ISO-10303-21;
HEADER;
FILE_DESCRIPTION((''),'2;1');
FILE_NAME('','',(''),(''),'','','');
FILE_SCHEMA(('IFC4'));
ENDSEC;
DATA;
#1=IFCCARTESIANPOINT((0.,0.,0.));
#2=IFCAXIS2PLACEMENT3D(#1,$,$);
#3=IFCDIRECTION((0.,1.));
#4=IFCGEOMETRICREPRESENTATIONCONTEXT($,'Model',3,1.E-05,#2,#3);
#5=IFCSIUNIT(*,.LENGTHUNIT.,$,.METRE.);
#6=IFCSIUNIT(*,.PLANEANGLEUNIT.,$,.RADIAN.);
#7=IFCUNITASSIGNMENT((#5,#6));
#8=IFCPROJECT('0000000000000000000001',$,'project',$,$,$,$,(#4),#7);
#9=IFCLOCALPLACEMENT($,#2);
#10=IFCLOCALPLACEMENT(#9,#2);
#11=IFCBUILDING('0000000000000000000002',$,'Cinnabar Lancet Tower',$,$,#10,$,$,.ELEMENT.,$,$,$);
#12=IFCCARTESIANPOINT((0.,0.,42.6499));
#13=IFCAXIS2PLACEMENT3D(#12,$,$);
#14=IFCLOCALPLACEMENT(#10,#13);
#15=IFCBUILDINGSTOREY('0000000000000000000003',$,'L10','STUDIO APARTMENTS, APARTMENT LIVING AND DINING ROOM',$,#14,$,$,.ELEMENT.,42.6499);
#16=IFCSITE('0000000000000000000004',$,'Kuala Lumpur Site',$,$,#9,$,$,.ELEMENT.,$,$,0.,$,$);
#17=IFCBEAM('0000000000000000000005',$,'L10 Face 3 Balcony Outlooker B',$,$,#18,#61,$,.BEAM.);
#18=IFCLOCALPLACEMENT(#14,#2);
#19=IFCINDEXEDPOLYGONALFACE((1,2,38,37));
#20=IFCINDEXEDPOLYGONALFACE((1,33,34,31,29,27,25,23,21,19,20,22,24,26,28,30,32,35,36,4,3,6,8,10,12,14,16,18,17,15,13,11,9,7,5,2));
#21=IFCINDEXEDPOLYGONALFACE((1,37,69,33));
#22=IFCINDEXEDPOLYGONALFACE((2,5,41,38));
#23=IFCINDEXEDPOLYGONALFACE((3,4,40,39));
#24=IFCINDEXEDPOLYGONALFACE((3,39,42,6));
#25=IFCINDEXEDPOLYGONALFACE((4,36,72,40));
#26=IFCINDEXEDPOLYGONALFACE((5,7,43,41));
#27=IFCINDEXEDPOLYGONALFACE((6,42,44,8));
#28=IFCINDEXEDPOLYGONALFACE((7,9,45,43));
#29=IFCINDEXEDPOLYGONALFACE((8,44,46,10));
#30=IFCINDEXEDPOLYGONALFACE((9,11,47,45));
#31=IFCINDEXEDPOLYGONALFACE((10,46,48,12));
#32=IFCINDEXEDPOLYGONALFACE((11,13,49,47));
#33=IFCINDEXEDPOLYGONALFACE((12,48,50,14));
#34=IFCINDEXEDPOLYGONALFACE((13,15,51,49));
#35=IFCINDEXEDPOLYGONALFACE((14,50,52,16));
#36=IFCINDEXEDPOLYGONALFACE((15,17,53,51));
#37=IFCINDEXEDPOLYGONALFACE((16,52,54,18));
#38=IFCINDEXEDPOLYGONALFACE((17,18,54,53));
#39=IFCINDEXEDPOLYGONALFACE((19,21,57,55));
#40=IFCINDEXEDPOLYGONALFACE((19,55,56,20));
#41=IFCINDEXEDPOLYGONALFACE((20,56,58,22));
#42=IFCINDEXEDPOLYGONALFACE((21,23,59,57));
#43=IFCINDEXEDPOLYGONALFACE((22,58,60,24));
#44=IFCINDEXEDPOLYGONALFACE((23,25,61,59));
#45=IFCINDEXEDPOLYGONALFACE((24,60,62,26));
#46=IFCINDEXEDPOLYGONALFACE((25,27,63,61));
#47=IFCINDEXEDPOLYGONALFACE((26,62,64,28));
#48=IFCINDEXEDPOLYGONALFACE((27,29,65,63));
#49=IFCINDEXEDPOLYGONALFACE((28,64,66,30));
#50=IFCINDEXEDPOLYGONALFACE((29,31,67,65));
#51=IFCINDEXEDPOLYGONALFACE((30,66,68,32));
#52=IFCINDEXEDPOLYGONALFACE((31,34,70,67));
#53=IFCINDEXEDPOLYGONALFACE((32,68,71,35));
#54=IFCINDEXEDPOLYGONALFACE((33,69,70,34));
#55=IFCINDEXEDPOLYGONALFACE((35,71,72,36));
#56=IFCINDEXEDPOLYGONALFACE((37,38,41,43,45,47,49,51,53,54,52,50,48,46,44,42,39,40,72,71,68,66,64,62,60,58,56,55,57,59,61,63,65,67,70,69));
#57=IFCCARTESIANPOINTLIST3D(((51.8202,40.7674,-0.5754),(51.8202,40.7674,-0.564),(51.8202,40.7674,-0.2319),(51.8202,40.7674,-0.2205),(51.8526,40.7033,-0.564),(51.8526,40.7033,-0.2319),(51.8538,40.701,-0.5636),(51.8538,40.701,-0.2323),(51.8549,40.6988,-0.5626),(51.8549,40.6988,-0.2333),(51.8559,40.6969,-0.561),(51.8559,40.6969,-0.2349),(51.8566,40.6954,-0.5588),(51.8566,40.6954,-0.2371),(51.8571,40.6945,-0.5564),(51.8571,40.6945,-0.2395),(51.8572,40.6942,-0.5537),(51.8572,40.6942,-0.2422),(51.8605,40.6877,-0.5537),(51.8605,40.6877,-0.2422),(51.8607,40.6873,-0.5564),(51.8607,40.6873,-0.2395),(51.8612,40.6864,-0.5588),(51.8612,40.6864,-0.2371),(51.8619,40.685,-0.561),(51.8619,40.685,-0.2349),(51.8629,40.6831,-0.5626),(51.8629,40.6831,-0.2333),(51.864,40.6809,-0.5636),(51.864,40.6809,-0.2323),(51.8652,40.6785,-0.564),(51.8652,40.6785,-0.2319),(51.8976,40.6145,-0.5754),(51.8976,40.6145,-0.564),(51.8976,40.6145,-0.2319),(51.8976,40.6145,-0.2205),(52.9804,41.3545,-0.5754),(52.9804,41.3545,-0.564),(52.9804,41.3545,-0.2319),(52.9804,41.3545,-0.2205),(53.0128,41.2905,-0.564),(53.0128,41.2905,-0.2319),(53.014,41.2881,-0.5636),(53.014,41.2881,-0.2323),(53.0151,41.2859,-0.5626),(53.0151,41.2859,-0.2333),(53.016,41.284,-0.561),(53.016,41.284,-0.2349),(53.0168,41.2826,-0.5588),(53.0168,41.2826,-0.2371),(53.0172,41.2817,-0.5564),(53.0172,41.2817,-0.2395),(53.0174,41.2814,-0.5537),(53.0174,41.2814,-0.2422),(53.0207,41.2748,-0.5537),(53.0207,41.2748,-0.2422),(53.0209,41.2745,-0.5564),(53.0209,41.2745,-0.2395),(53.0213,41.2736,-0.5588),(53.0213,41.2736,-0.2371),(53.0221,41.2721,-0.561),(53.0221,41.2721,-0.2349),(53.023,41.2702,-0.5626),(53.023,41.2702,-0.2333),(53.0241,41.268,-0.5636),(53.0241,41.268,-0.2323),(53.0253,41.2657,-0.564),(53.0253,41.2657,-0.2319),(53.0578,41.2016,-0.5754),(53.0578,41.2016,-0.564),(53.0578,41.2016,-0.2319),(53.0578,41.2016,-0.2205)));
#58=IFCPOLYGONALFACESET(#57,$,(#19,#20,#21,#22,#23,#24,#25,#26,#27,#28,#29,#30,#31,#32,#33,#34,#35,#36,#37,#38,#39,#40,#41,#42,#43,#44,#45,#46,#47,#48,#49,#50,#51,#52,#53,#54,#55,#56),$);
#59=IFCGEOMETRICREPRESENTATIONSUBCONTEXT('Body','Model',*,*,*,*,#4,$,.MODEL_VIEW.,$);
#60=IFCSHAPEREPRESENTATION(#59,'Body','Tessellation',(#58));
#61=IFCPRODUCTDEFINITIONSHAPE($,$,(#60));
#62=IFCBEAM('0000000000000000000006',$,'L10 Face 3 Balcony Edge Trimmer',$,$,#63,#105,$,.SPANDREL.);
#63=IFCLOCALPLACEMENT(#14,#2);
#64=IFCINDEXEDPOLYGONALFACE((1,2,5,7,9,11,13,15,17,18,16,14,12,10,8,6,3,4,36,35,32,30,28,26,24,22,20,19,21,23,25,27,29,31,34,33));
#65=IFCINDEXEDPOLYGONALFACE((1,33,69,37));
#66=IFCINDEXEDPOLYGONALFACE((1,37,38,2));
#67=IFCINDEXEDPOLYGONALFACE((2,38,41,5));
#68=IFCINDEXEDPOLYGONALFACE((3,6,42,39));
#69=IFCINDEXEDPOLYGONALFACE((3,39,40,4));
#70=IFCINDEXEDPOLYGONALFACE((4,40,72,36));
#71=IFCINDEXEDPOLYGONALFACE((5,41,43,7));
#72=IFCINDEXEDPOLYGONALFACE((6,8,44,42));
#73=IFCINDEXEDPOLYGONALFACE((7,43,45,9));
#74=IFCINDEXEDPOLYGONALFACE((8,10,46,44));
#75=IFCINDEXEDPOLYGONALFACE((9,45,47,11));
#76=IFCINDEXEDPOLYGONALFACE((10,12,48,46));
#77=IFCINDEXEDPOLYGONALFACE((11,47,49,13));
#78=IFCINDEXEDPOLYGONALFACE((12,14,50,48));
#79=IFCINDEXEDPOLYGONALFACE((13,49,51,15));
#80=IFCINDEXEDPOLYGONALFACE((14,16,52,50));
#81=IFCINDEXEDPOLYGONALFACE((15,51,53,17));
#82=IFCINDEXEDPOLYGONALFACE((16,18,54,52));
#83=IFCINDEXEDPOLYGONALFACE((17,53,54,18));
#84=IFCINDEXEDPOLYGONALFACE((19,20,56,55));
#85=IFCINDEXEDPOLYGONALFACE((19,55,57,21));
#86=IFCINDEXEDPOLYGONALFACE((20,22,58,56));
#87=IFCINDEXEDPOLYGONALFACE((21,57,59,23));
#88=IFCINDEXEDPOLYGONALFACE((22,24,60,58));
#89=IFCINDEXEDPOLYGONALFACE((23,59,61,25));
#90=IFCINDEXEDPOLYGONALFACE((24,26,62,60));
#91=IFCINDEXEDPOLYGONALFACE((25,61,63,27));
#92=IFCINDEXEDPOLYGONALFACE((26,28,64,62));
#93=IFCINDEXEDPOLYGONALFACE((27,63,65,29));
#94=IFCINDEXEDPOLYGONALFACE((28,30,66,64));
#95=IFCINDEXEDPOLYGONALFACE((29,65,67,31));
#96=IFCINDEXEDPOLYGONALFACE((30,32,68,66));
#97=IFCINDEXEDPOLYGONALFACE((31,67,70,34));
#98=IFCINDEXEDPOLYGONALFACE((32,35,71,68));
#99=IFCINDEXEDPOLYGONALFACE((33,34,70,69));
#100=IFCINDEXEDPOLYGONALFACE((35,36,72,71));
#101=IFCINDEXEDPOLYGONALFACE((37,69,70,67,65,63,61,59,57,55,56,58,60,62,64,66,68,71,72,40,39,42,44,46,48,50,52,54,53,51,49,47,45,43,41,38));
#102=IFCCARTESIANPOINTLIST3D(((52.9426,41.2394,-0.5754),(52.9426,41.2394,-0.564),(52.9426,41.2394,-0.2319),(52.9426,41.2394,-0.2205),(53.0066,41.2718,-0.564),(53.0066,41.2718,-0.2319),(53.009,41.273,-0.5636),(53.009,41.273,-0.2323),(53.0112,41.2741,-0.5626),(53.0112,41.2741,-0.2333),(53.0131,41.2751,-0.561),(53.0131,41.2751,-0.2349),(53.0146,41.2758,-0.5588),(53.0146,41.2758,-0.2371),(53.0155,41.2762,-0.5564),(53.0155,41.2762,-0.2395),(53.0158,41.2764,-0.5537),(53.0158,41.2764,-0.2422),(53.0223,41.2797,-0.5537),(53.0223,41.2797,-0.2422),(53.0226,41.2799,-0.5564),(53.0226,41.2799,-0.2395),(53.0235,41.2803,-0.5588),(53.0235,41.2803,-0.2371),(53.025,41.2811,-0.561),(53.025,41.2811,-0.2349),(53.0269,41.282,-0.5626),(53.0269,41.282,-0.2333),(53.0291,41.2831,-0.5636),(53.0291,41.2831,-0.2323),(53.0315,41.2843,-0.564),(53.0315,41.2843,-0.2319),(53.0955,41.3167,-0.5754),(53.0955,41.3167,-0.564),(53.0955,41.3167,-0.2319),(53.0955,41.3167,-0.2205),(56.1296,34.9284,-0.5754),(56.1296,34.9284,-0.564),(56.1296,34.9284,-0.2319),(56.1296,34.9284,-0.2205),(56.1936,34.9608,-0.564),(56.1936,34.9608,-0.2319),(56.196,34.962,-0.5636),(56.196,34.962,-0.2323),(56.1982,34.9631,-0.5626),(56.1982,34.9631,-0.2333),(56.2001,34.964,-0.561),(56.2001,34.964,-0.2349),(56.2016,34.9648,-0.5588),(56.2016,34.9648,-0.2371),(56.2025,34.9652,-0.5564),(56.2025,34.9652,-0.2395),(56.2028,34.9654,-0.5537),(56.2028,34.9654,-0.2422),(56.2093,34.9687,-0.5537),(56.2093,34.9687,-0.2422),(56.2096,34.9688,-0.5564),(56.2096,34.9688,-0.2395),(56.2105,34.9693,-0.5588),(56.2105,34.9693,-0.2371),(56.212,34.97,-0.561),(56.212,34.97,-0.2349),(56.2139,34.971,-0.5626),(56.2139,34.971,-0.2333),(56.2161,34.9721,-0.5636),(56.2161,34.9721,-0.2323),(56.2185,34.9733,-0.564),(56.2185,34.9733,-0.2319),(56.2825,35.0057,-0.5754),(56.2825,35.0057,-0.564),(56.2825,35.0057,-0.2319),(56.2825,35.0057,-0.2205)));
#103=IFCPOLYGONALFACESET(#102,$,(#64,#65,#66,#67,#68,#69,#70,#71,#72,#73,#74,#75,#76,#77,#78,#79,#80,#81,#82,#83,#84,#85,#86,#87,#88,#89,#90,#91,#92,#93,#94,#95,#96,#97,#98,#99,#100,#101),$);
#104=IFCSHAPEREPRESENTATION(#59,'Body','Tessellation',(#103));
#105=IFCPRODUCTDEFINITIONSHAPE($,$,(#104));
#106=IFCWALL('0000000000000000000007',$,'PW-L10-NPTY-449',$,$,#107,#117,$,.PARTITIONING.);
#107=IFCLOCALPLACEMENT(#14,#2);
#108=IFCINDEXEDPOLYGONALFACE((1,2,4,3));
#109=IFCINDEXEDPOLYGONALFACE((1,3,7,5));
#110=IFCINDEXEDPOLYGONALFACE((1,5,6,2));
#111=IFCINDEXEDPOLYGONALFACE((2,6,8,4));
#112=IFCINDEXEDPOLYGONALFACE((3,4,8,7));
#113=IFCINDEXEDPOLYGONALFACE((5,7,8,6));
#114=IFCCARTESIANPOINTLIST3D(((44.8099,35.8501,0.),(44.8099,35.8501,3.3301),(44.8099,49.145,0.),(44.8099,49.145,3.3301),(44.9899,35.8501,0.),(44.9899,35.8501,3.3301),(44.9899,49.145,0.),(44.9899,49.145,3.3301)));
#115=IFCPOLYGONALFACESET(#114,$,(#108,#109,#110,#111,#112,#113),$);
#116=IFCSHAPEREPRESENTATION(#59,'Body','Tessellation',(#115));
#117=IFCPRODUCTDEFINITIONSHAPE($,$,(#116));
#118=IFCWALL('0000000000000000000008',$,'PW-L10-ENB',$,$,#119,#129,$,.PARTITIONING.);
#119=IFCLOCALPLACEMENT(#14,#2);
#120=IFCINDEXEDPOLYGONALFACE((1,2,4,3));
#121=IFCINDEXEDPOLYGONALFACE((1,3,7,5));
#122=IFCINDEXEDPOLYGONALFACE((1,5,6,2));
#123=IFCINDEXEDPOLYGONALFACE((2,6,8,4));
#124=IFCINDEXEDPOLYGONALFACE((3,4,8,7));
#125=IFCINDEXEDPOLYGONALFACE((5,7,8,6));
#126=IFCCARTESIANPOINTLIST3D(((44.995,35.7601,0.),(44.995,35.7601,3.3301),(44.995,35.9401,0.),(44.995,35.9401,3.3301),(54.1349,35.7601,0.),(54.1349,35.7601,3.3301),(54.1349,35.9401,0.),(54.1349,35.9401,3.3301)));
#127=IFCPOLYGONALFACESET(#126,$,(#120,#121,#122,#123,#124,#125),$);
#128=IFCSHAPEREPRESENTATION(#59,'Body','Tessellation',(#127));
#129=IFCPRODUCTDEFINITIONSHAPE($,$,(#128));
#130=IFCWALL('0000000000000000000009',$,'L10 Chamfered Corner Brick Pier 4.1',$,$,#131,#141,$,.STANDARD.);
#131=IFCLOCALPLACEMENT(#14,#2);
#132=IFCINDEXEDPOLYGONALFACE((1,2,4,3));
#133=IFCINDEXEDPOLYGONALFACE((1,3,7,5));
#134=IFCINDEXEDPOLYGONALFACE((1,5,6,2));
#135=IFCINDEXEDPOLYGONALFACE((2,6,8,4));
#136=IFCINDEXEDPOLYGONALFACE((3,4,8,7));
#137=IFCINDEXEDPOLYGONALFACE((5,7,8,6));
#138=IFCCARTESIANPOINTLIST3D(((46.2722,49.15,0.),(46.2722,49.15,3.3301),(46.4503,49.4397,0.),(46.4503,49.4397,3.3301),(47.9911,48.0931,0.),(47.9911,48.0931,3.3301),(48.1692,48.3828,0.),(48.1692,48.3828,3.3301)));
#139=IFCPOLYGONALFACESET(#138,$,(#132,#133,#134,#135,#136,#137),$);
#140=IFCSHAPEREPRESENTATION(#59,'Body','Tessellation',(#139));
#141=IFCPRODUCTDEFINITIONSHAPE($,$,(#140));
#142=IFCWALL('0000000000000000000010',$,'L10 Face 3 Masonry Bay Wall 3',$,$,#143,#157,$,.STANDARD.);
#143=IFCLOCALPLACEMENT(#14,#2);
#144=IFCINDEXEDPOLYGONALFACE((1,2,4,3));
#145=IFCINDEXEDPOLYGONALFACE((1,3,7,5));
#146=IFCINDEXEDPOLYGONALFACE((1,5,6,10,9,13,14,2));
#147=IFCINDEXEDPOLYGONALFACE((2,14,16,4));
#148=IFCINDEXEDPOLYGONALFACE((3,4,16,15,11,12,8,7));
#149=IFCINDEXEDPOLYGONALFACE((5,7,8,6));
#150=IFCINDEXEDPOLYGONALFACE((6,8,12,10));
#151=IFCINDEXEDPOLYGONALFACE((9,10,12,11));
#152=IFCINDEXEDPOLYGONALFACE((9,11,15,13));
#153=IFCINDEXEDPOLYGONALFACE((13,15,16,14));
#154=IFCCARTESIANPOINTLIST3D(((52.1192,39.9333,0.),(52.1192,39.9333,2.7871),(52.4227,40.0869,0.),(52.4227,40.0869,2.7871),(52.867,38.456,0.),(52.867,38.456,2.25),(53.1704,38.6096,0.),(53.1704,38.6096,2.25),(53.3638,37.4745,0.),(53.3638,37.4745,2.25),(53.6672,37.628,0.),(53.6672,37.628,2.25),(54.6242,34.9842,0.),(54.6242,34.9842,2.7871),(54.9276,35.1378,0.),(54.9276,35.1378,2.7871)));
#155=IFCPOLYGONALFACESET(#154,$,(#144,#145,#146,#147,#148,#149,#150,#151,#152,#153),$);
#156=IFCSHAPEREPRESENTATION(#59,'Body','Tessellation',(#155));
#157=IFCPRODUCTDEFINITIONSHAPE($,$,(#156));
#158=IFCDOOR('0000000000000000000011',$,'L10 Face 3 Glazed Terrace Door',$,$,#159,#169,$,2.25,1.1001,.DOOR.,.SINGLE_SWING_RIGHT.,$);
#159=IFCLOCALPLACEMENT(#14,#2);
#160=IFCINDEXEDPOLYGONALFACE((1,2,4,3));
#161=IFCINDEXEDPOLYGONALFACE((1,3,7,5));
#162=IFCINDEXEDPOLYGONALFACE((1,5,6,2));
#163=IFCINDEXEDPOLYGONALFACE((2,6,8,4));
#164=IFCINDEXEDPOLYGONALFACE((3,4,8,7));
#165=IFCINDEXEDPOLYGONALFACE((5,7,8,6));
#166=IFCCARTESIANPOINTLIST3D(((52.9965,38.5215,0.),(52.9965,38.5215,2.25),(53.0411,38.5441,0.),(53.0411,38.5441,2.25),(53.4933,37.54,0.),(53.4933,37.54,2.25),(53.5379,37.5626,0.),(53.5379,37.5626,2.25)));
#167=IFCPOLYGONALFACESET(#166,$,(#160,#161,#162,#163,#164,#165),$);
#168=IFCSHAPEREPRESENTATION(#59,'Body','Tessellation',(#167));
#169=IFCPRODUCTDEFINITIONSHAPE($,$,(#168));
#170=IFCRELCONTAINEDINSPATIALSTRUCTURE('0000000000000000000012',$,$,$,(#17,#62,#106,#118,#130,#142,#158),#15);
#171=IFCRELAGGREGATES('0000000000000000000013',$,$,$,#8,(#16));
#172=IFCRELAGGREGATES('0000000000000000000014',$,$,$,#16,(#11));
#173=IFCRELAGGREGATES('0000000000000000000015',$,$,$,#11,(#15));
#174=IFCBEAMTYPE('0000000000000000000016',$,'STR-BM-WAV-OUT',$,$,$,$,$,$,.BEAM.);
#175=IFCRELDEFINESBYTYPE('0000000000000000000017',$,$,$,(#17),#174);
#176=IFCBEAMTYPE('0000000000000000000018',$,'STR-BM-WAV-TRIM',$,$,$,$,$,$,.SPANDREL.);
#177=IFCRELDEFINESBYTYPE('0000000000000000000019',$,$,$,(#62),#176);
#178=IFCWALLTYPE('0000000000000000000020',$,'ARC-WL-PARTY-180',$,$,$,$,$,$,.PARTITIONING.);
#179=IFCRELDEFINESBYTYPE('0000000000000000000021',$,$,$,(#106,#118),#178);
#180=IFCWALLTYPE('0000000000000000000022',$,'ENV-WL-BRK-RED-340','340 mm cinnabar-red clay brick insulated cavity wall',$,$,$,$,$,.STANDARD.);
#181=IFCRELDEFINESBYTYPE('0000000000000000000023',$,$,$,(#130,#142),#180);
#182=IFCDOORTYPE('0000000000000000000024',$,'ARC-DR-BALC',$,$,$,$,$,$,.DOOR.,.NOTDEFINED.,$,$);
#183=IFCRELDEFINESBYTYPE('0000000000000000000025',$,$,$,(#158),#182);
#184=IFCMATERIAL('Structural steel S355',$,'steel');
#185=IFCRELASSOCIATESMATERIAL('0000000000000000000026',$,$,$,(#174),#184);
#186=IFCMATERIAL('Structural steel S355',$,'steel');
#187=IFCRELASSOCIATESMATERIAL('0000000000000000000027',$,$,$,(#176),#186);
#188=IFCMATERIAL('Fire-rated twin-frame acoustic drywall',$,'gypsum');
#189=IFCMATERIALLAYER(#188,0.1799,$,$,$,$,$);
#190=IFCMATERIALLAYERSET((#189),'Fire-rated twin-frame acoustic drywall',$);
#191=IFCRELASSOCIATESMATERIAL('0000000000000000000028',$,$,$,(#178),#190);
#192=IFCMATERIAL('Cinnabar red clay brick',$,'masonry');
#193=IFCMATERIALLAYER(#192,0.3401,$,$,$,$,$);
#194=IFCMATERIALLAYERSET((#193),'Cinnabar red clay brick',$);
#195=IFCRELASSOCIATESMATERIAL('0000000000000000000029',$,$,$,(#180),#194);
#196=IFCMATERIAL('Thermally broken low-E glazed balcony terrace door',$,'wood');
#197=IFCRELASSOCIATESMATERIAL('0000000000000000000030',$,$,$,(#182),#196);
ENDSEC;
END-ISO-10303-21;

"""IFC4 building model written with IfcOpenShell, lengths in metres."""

from ifc_helpers import new_model, si_unit, direction, frame, frame_2d, origin, origin_2d, place, context, subcontext, project, spatial, rectangle, i_section, extrude, material, layer, layer_set, material_profile, profile_set, type_object, element, fill, save


model = new_model("IFC4")

# Units and contexts
model_context = context("Model", 3, precision=1e-05, world=origin(), true_north=direction((0.0, 1.0)))
body_context = subcontext(model_context, "Body", "Model", "MODEL_VIEW")
ifc_project = project(units=[si_unit("LENGTHUNIT", "METRE"), si_unit("PLANEANGLEUNIT", "RADIAN")], contexts=[model_context])

# Site, building, storey
site_placement = place(None, origin())
site = spatial("IfcSite", under=ifc_project, at=site_placement, Name="Kuala Lumpur Site", CompositionType="ELEMENT", RefElevation=0.0)
building_placement = place(site_placement, origin())
building = spatial("IfcBuilding", under=site, at=building_placement, Name="Cinnabar Lancet Tower", CompositionType="ELEMENT")
storey_placement = place(building_placement, frame((0.0, 0.0, 42.6499)))
storey = spatial("IfcBuildingStorey", under=building, at=storey_placement, Name="L10", Description="STUDIO APARTMENTS, APARTMENT LIVING AND DINING ROOM", CompositionType="ELEMENT", Elevation=42.6499)

# Beams
ifc_material_1 = material(Name="Structural steel S355", Category="steel")
ifc_material_profile_1 = material_profile(ifc_material_1, i_section(OverallWidth=0.1714, OverallDepth=0.355, WebThickness=0.0073, FlangeThickness=0.0115, FilletRadius=0.0103, at=origin_2d()), Name="UKB 356x171x51")
ifc_profile_set_1 = profile_set([ifc_material_profile_1], Name="Structural steel S355")
beam_type_1 = type_object("IfcBeamType", Name="STR-BM-WAV-OUT", PredefinedType="BEAM", material=ifc_profile_set_1)
beam_1_placement = place(storey_placement, frame((51.8589, 40.6909, -0.3979), z_axis=(0.892239, 0.451564, 0.0), x_axis=(-0.451564, 0.892239, 0.0)))
element("IfcBeam", 1, at=beam_1_placement, inside=storey, type_object=beam_type_1, Name="L10 Face 3 Balcony Outlooker B", PredefinedType="BEAM", context=body_context, shape_type="SweptSolid", body=[
    extrude(i_section(OverallWidth=0.1714, OverallDepth=0.355, WebThickness=0.0073, FlangeThickness=0.0115, FilletRadius=0.0103, at=origin_2d()), origin(), (0.0, 0.0, 1.0), 1.3003),
])
ifc_material_2 = material(Name="Structural steel S355", Category="steel")
ifc_material_profile_2 = material_profile(ifc_material_2, i_section(OverallWidth=0.1714, OverallDepth=0.355, WebThickness=0.0073, FlangeThickness=0.0115, FilletRadius=0.0103, at=origin_2d()), Name="UKB 356x171x51")
ifc_profile_set_2 = profile_set([ifc_material_profile_2], Name="Structural steel S355")
beam_type_2 = type_object("IfcBeamType", Name="STR-BM-WAV-TRIM", PredefinedType="SPANDREL", material=ifc_profile_set_2)
beam_2_placement = place(storey_placement, frame((56.2061, 34.967, -0.3979), z_axis=(-0.450774, 0.892638, 0.0), x_axis=(-0.892638, -0.450774, 0.0)))
element("IfcBeam", 2, at=beam_2_placement, inside=storey, type_object=beam_type_2, Name="L10 Face 3 Balcony Edge Trimmer", PredefinedType="SPANDREL", context=body_context, shape_type="SweptSolid", body=[
    extrude(i_section(OverallWidth=0.1714, OverallDepth=0.355, WebThickness=0.0073, FlangeThickness=0.0115, FilletRadius=0.0103, at=origin_2d()), origin(), (0.0, 0.0, 1.0), 7.0701),
])

# Walls
ifc_material_3 = material(Name="Fire-rated twin-frame acoustic drywall", Category="gypsum")
ifc_layer_1 = layer(ifc_material_3, 0.1799)
ifc_layer_set_1 = layer_set([ifc_layer_1], Name="Fire-rated twin-frame acoustic drywall")
wall_type_1 = type_object("IfcWallType", Name="ARC-WL-PARTY-180", PredefinedType="PARTITIONING", material=ifc_layer_set_1)
wall_1_placement = place(storey_placement, frame((44.8999, 35.8501, 0.0), z_axis=(0.0, 0.0, 1.0), x_axis=(0.0, 1.0, 0.0)))
element("IfcWall", 3, at=wall_1_placement, inside=storey, type_object=wall_type_1, Name="PW-L10-NPTY-449", PredefinedType="PARTITIONING", context=body_context, shape_type="SweptSolid", body=[
    extrude(rectangle(XDim=13.2949, YDim=0.1799, at=frame_2d((6.6475, 0.0))), origin(), (0.0, 0.0, 1.0), 3.3301),
])
wall_2_placement = place(storey_placement, frame((44.9951, 35.8501, 0.0), z_axis=(0.0, 0.0, 1.0), x_axis=(1.0, 0.0, 0.0)))
element("IfcWall", 4, at=wall_2_placement, inside=storey, type_object=wall_type_1, Name="PW-L10-ENB", PredefinedType="PARTITIONING", context=body_context, shape_type="SweptSolid", body=[
    extrude(rectangle(XDim=9.1399, YDim=0.1799, at=frame_2d((4.5698, 0.0))), origin(), (0.0, 0.0, 1.0), 3.3301),
])
ifc_material_4 = material(Name="Cinnabar red clay brick", Category="masonry")
ifc_layer_2 = layer(ifc_material_4, 0.3401)
ifc_layer_set_2 = layer_set([ifc_layer_2], Name="Cinnabar red clay brick")
wall_type_2 = type_object("IfcWallType", Name="ENV-WL-BRK-RED-340", Description="340 mm cinnabar-red clay brick insulated cavity wall", PredefinedType="STANDARD", material=ifc_layer_set_2)
wall_3_placement = place(storey_placement, frame((48.0801, 48.238, 0.0), z_axis=(0.0, 0.0, 1.0), x_axis=(-0.85187, 0.523753, 0.0)))
element("IfcWall", 5, at=wall_3_placement, inside=storey, type_object=wall_type_2, Name="L10 Chamfered Corner Brick Pier 4.1", PredefinedType="STANDARD", context=body_context, shape_type="SweptSolid", body=[
    extrude(rectangle(XDim=2.0178, YDim=0.3401, at=frame_2d((1.0088, 0.0))), origin(), (0.0, 0.0, 1.0), 3.3301),
])

# Wall, opening, door
wall_4_placement = place(storey_placement, frame((54.7759, 35.061, 0.0), z_axis=(0.0, 0.0, 1.0), x_axis=(-0.451592, 0.892225, 0.0)))
wall_4 = element("IfcWall", 6, at=wall_4_placement, inside=storey, type_object=wall_type_2, Name="L10 Face 3 Masonry Bay Wall 3", PredefinedType="STANDARD", context=body_context, shape_type="SweptSolid", body=[
    extrude(rectangle(XDim=5.5469, YDim=0.3401, at=frame_2d((2.7734, 0.0))), origin(), (0.0, 0.0, 1.0), 2.7871),
])
opening_1_placement = place(wall_4_placement, frame((2.791, 0.0, 0.0)))
opening_1 = element("IfcOpeningElement", 7, at=opening_1_placement, cuts=wall_4, PredefinedType="OPENING", context=body_context, shape_type="SweptSolid", body=[
    extrude(rectangle(XDim=1.1001, YDim=2.25, at=frame_2d((0.55, 1.125))), frame((0.0, 0.1799, 0.0), z_axis=(0.0, -1.0, 0.0), x_axis=(1.0, 0.0, 0.0)), (0.0, 0.0, 1.0), 0.3601),
])
ifc_material_5 = material(Name="Thermally broken low-E glazed balcony terrace door", Category="wood")
door_type = type_object("IfcDoorType", Name="ARC-DR-BALC", OperationType="NOTDEFINED", PredefinedType="DOOR", material=ifc_material_5)
door_placement = place(opening_1_placement, origin())
door = element("IfcDoor", 8, at=door_placement, inside=storey, type_object=door_type, Name="L10 Face 3 Glazed Terrace Door", OperationType="SINGLE_SWING_RIGHT", OverallHeight=2.25, OverallWidth=1.1001, PredefinedType="DOOR", context=body_context, shape_type="SweptSolid", body=[
    extrude(rectangle(XDim=1.1001, YDim=2.25, at=frame_2d((0.55, 1.125))), frame((0.0, 0.0249, 0.0), z_axis=(0.0, -1.0, 0.0), x_axis=(1.0, 0.0, 0.0)), (0.0, 0.0, 1.0), 0.05),
])
fill(opening_1, door)

save(model, "model.ifc")
